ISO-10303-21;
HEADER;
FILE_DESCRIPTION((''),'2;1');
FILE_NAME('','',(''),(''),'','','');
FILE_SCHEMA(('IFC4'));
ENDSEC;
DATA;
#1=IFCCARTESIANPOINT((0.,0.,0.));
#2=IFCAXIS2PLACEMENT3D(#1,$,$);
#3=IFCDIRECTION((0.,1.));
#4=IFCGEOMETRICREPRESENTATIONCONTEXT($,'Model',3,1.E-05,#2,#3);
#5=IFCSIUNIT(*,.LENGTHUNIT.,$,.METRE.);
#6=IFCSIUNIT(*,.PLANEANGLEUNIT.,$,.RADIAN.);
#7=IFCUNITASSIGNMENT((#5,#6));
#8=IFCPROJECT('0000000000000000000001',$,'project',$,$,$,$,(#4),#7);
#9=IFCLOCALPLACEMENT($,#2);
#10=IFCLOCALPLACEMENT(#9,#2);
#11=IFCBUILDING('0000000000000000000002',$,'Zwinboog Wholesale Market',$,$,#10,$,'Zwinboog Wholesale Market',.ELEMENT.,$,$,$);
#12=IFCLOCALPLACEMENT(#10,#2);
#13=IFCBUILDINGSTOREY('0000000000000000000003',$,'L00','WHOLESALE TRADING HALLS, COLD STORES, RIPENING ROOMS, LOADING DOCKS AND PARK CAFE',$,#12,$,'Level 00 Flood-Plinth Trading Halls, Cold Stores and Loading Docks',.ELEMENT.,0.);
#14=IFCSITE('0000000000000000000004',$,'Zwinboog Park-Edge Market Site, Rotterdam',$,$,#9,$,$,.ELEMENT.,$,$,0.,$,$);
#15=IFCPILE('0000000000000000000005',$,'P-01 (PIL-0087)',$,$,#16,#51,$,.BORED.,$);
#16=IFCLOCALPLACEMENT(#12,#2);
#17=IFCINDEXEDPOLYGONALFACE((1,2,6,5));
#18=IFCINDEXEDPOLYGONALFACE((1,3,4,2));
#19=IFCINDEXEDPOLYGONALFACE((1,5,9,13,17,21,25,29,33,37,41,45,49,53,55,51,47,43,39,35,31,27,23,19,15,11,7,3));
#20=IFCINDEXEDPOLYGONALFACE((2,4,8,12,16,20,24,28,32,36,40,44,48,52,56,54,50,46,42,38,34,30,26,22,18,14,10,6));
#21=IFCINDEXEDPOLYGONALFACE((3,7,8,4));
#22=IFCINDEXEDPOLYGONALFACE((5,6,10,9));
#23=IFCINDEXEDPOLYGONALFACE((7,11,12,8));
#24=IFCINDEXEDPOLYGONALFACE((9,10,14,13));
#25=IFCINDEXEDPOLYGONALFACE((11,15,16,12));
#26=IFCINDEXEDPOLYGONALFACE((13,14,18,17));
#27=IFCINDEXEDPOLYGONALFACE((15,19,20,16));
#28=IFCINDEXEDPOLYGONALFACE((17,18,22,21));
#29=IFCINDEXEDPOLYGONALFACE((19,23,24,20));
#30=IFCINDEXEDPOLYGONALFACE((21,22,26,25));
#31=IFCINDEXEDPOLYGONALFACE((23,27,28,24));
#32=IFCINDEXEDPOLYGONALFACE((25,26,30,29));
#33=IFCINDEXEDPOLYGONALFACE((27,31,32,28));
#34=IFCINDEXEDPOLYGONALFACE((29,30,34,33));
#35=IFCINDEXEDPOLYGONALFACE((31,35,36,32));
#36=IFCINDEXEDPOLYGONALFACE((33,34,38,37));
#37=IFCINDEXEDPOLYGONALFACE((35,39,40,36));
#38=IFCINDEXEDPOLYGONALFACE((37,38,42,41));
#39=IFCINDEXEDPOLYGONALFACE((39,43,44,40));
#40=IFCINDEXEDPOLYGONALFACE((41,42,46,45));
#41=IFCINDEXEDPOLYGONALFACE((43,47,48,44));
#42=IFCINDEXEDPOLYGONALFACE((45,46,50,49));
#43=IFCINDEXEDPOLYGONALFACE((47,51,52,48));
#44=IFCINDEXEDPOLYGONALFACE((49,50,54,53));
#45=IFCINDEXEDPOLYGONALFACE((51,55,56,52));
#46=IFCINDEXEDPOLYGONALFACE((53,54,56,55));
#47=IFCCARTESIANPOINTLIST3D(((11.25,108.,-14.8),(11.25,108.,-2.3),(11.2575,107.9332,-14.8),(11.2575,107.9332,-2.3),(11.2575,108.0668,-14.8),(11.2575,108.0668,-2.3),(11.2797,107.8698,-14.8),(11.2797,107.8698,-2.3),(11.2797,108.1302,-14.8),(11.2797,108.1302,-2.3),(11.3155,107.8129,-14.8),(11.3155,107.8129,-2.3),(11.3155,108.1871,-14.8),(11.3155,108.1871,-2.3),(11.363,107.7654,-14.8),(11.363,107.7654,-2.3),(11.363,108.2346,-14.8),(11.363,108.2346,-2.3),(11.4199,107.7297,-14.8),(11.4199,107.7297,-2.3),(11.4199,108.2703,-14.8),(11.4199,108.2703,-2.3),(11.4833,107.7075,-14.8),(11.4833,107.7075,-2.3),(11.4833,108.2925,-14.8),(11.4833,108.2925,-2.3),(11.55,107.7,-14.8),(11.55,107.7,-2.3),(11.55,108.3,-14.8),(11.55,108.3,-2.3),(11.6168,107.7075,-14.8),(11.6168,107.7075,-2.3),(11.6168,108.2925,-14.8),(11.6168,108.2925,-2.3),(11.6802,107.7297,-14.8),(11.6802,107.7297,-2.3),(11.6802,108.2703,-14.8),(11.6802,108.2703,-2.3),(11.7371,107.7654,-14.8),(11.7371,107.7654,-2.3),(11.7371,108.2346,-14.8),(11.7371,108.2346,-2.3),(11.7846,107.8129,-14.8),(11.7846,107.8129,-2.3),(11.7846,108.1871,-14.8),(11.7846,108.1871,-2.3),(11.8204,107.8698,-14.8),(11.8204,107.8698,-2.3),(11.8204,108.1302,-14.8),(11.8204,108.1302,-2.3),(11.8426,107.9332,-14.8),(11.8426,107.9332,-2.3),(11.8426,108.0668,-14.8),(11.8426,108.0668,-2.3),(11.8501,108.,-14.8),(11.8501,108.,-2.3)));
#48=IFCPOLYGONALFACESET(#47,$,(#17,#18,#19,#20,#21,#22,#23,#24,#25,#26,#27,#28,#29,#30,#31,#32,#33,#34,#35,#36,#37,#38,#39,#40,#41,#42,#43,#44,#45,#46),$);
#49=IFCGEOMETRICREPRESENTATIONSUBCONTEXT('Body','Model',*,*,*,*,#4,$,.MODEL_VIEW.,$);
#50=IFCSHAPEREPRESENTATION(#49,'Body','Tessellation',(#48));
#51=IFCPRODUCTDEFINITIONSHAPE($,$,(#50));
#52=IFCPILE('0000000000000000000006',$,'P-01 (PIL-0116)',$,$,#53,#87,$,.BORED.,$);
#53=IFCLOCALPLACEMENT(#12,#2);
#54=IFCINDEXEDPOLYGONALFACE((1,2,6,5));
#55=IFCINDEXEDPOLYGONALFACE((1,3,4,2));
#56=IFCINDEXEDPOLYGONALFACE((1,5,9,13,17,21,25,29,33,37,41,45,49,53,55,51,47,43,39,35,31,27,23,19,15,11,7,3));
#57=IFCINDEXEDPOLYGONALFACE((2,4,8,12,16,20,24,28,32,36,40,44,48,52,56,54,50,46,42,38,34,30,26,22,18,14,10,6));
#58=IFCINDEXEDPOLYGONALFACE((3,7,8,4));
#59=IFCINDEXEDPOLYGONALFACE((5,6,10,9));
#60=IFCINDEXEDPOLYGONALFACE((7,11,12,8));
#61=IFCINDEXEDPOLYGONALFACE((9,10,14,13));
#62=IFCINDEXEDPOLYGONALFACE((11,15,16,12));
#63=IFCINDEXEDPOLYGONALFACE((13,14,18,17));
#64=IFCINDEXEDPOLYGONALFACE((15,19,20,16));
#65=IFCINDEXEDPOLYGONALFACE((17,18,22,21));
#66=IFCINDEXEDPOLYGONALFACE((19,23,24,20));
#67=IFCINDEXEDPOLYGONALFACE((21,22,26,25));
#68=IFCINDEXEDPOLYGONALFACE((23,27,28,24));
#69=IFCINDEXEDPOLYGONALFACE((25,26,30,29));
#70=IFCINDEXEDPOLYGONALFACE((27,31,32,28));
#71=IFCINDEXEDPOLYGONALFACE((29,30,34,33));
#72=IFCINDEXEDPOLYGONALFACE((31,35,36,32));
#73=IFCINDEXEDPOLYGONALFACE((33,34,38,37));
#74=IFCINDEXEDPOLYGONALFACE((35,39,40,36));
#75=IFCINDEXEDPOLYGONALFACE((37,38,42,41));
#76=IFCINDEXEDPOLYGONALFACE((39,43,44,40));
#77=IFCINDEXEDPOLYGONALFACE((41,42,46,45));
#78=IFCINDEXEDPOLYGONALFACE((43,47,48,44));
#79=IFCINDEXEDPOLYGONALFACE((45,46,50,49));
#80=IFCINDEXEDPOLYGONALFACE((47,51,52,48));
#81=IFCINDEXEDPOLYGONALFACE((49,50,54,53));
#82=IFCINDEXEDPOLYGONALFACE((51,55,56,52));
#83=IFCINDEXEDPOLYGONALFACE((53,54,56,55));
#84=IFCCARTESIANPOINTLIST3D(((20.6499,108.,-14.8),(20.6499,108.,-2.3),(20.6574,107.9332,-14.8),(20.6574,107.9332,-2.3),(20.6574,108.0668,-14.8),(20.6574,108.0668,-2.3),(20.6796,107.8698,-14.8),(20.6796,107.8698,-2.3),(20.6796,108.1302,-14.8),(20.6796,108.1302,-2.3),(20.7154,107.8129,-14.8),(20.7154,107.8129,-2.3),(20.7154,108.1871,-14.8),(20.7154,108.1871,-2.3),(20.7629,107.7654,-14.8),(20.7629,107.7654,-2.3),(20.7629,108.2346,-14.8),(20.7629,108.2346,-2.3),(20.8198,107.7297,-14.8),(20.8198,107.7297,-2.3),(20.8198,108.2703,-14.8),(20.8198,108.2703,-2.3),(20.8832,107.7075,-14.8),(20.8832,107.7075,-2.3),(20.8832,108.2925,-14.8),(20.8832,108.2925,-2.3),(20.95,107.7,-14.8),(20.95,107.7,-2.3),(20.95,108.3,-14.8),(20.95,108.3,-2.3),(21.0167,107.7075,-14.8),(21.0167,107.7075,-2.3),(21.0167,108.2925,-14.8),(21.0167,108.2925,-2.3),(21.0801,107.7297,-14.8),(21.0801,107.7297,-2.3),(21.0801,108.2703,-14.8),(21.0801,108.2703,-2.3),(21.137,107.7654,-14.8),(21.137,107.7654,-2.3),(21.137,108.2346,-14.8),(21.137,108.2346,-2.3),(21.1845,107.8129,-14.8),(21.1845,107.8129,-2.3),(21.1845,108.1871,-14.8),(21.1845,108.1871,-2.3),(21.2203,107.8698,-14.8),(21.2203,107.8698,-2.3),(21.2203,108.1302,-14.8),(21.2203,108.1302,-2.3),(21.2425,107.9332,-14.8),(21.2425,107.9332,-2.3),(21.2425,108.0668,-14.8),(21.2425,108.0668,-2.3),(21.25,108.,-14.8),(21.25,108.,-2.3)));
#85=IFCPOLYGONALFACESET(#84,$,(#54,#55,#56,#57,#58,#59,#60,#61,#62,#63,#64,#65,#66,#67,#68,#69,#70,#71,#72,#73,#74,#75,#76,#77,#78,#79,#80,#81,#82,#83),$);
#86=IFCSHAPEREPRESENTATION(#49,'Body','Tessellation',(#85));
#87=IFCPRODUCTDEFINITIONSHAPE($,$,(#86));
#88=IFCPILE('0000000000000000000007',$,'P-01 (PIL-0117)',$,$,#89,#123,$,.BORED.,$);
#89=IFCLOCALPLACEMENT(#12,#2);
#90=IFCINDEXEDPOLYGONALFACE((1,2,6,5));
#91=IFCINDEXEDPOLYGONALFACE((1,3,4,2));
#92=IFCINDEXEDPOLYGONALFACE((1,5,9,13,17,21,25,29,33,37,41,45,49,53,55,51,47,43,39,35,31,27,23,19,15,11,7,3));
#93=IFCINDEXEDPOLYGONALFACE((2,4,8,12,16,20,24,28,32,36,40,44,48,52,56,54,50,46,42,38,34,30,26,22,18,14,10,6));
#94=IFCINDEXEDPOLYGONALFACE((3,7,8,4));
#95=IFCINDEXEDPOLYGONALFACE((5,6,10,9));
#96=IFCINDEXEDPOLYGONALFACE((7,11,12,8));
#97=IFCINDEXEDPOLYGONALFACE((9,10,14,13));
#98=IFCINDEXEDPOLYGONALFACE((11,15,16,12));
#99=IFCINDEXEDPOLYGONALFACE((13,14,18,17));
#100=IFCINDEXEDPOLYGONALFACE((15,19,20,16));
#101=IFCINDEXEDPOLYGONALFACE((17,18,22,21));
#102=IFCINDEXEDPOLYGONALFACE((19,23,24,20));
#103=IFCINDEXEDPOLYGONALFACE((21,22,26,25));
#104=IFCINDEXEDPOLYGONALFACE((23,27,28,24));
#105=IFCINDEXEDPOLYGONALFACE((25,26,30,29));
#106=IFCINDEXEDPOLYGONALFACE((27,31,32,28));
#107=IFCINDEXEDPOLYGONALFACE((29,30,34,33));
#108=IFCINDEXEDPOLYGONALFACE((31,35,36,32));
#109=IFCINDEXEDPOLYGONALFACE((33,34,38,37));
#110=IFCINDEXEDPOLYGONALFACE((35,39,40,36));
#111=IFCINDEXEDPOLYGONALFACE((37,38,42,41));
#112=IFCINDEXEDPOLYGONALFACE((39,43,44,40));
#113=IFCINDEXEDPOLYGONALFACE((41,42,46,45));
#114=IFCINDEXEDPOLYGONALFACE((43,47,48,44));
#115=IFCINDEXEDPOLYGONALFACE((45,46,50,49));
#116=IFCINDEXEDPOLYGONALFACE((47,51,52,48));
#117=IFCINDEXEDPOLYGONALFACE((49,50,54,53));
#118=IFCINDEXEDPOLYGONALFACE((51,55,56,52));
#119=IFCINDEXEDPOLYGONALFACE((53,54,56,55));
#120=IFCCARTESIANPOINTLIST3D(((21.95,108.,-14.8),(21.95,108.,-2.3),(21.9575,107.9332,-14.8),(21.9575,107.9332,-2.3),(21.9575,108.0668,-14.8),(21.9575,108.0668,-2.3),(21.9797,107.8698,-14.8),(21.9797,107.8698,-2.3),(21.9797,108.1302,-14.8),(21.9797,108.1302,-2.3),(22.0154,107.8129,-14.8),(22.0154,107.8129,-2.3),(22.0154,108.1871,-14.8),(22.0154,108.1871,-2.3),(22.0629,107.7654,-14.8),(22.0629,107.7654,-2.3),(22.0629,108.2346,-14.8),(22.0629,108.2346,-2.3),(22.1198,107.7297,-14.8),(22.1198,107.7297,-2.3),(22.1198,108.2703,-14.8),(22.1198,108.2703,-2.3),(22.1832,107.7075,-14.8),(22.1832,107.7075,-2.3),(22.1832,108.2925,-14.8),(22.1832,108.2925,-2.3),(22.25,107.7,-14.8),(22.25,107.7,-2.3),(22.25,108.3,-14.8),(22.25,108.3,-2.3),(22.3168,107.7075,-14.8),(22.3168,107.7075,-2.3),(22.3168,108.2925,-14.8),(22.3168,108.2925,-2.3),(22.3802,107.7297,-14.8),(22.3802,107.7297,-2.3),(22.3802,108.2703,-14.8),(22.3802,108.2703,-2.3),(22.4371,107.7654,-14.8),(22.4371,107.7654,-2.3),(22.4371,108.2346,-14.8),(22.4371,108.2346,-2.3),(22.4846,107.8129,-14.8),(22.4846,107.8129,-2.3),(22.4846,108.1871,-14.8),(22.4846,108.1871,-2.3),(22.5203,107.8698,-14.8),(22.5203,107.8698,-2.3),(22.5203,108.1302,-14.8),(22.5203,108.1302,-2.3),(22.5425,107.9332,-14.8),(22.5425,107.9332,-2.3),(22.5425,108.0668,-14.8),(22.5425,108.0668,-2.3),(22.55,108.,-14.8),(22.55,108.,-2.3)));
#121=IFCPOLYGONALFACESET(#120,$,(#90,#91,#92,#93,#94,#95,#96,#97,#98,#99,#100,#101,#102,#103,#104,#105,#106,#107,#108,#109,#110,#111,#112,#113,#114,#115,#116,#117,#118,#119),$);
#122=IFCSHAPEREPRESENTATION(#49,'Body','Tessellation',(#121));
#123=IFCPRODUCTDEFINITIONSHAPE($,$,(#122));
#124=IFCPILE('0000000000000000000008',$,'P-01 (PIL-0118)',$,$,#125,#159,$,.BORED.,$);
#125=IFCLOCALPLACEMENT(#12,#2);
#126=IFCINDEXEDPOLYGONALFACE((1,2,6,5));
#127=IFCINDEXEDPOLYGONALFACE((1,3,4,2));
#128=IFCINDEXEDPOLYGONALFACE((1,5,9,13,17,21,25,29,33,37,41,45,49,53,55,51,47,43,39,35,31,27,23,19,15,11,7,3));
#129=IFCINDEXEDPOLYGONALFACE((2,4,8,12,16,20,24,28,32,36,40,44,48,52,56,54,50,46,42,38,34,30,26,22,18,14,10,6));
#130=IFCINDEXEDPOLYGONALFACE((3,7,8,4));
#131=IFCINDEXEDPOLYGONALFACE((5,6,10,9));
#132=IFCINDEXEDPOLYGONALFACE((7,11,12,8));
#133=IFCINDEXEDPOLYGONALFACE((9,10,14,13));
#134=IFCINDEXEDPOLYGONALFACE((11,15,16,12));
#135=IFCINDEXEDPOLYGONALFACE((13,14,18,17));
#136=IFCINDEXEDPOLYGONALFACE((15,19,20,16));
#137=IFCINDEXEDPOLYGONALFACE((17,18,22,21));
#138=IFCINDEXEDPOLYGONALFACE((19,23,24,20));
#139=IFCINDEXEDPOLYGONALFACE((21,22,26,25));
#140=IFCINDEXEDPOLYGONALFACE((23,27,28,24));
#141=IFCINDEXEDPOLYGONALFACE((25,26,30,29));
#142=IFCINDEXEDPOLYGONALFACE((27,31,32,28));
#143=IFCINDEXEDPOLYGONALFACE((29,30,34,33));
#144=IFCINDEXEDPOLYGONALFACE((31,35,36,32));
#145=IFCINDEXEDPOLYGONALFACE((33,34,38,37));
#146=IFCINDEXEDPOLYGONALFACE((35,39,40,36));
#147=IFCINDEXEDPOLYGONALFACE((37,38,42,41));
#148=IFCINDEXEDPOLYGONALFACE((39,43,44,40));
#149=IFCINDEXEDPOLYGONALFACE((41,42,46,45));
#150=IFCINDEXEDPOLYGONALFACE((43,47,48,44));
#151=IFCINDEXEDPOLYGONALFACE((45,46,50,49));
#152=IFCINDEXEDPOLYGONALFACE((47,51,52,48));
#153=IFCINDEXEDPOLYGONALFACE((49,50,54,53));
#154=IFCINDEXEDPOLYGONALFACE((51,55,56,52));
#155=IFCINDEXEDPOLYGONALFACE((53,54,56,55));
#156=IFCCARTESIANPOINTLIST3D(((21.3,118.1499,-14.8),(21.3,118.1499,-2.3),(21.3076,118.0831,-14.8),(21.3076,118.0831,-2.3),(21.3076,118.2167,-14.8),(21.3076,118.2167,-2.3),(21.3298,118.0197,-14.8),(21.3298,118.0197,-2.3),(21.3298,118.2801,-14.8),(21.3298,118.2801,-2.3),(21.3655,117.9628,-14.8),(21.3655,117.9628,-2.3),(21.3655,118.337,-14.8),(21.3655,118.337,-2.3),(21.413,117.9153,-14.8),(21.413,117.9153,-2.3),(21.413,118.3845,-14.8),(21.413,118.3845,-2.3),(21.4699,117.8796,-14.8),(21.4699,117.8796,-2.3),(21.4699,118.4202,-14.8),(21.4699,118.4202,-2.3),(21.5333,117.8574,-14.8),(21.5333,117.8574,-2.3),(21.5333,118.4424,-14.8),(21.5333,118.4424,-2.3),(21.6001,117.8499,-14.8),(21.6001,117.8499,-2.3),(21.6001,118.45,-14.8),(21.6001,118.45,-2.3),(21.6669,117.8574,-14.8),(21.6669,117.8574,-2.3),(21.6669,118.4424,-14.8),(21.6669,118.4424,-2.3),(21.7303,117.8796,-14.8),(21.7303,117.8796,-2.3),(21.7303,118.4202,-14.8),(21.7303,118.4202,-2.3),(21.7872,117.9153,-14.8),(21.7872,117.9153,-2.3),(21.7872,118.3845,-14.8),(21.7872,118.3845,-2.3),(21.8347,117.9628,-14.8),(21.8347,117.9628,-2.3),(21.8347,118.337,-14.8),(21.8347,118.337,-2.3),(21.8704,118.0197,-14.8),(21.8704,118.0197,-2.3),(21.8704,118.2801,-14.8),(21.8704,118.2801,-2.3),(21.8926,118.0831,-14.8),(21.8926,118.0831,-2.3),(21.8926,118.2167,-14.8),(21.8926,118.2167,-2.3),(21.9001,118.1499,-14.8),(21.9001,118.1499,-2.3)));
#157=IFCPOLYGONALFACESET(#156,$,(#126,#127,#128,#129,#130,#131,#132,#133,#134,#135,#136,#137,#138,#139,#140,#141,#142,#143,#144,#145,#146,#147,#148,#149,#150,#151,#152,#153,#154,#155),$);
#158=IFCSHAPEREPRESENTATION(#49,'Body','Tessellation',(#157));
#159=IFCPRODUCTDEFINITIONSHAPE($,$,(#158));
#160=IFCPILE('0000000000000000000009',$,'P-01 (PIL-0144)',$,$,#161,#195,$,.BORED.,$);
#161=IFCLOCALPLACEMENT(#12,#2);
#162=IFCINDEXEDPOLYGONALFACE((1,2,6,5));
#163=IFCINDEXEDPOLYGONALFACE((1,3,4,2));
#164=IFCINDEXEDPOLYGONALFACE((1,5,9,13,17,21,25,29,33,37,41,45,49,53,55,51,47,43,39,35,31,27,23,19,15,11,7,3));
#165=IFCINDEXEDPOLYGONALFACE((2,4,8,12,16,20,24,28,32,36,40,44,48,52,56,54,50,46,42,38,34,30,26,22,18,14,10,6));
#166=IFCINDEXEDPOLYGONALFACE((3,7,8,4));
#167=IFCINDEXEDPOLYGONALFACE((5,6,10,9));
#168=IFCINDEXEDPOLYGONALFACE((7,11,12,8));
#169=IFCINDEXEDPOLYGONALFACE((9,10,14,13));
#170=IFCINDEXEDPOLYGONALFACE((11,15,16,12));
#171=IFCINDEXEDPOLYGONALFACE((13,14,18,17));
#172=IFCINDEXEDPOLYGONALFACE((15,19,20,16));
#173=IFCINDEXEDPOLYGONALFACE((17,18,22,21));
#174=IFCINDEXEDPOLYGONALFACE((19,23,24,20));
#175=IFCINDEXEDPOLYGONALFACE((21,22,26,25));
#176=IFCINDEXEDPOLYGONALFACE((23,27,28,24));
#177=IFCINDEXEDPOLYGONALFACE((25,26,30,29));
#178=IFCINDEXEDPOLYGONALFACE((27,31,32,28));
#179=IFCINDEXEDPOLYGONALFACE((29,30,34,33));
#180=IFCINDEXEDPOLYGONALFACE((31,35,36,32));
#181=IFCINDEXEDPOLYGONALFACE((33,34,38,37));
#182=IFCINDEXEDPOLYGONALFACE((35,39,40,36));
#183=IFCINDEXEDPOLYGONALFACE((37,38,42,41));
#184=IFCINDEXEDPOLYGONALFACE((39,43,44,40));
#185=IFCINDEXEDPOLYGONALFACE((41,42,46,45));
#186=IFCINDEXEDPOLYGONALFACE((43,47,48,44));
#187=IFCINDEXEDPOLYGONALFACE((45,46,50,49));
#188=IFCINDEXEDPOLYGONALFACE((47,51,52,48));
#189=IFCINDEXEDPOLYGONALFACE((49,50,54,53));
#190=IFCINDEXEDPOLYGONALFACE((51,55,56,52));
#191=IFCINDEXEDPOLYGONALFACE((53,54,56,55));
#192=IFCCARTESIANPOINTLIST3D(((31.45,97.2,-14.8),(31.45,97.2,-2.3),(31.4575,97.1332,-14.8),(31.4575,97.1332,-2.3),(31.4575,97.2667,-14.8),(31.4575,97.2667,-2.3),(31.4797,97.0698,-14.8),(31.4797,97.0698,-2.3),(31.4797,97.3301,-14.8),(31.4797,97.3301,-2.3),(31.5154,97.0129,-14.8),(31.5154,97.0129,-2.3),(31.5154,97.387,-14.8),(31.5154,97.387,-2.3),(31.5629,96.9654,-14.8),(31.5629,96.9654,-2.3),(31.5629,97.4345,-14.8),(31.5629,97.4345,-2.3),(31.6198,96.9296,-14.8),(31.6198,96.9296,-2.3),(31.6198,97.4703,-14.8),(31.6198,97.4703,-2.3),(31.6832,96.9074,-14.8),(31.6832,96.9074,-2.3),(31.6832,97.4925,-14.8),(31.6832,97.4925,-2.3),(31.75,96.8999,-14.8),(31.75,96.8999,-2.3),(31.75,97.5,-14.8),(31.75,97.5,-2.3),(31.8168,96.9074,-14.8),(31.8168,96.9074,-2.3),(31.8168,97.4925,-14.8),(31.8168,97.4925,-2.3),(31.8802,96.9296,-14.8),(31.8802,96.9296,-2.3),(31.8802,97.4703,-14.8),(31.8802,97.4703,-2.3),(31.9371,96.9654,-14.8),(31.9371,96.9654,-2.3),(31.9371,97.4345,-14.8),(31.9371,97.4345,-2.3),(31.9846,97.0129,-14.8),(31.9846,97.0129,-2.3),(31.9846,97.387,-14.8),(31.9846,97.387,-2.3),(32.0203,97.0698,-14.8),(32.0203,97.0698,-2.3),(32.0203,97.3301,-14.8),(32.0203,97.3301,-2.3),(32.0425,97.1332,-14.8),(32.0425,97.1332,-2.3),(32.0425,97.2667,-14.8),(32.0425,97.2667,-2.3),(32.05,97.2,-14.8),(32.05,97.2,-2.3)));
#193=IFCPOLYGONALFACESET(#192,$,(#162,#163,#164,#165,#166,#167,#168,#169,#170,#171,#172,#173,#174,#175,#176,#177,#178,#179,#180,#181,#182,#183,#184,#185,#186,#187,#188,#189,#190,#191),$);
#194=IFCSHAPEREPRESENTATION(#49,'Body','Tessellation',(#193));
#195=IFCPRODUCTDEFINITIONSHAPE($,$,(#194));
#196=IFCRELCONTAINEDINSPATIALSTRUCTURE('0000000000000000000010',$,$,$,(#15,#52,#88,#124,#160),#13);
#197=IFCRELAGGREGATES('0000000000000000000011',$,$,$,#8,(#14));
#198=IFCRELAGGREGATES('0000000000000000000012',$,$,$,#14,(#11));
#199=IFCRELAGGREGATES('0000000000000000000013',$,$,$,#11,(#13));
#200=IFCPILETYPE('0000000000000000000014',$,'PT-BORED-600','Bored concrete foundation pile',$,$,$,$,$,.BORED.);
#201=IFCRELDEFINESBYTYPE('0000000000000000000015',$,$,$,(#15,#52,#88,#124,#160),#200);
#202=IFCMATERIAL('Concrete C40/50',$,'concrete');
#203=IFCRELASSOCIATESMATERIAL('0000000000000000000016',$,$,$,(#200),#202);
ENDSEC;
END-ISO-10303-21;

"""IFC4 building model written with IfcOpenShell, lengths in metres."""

from ifc_helpers import new_model, si_unit, direction, frame, origin, origin_2d, place, context, subcontext, project, spatial, circle, extrude, material, material_profile, profile_set, type_object, element, save


model = new_model("IFC4")

# Units and contexts
model_context = context("Model", 3, precision=1e-05, world=origin(), true_north=direction((0.0, 1.0)))
body_context = subcontext(model_context, "Body", "Model", "MODEL_VIEW")
ifc_project = project(units=[si_unit("LENGTHUNIT", "METRE"), si_unit("PLANEANGLEUNIT", "RADIAN")], contexts=[model_context])

# Site, building, storey
site_placement = place(None, origin())
site = spatial("IfcSite", under=ifc_project, at=site_placement, Name="Zwinboog Park-Edge Market Site, Rotterdam", CompositionType="ELEMENT", RefElevation=0.0)
building_placement = place(site_placement, origin())
building = spatial("IfcBuilding", under=site, at=building_placement, Name="Zwinboog Wholesale Market", LongName="Zwinboog Wholesale Market", CompositionType="ELEMENT")
storey_placement = place(building_placement, origin())
storey = spatial("IfcBuildingStorey", under=building, at=storey_placement, Name="L00", Description="WHOLESALE TRADING HALLS, COLD STORES, RIPENING ROOMS, LOADING DOCKS AND PARK CAFE", LongName="Level 00 Flood-Plinth Trading Halls, Cold Stores and Loading Docks", CompositionType="ELEMENT", Elevation=0.0)

# Piles
ifc_material_1 = material(Name="Concrete C40/50", Category="concrete")
ifc_material_profile_1 = material_profile(ifc_material_1, circle(Radius=0.3, at=origin_2d()), Name="PILE D600")
ifc_profile_set_1 = profile_set([ifc_material_profile_1], Name="Concrete C40/50")
pile_type_1 = type_object("IfcPileType", Name="PT-BORED-600", Description="Bored concrete foundation pile", PredefinedType="BORED", material=ifc_profile_set_1)
for number, where, z_axis, x_axis, name in (
    (1, (11.55, 108.0, -2.3), (0.0, 0.0, -1.0), (1.0, 0.0, 0.0), "P-01 (PIL-0087)"),
    (2, (20.95, 108.0, -2.3), (0.0, 0.0, -1.0), (1.0, 0.0, 0.0), "P-01 (PIL-0116)"),
    (3, (22.25, 108.0, -2.3), (0.0, 0.0, -1.0), (1.0, 0.0, 0.0), "P-01 (PIL-0117)"),
    (4, (21.6001, 118.1499, -2.3), (0.0, 0.0, -1.0), (1.0, 0.0, 0.0), "P-01 (PIL-0118)"),
    (5, (31.75, 97.2, -2.3), (0.0, 0.0, -1.0), (1.0, 0.0, 0.0), "P-01 (PIL-0144)"),
):
    element("IfcPile", number, at=place(storey_placement, frame(where, z_axis=z_axis, x_axis=x_axis)), inside=storey, type_object=pile_type_1, Name=name, PredefinedType="BORED", context=body_context, shape_type="SweptSolid", body=[
        extrude(circle(Radius=0.3, at=origin_2d()), origin(), (0.0, 0.0, 1.0), 12.5),
    ])

save(model, "model.ifc")
